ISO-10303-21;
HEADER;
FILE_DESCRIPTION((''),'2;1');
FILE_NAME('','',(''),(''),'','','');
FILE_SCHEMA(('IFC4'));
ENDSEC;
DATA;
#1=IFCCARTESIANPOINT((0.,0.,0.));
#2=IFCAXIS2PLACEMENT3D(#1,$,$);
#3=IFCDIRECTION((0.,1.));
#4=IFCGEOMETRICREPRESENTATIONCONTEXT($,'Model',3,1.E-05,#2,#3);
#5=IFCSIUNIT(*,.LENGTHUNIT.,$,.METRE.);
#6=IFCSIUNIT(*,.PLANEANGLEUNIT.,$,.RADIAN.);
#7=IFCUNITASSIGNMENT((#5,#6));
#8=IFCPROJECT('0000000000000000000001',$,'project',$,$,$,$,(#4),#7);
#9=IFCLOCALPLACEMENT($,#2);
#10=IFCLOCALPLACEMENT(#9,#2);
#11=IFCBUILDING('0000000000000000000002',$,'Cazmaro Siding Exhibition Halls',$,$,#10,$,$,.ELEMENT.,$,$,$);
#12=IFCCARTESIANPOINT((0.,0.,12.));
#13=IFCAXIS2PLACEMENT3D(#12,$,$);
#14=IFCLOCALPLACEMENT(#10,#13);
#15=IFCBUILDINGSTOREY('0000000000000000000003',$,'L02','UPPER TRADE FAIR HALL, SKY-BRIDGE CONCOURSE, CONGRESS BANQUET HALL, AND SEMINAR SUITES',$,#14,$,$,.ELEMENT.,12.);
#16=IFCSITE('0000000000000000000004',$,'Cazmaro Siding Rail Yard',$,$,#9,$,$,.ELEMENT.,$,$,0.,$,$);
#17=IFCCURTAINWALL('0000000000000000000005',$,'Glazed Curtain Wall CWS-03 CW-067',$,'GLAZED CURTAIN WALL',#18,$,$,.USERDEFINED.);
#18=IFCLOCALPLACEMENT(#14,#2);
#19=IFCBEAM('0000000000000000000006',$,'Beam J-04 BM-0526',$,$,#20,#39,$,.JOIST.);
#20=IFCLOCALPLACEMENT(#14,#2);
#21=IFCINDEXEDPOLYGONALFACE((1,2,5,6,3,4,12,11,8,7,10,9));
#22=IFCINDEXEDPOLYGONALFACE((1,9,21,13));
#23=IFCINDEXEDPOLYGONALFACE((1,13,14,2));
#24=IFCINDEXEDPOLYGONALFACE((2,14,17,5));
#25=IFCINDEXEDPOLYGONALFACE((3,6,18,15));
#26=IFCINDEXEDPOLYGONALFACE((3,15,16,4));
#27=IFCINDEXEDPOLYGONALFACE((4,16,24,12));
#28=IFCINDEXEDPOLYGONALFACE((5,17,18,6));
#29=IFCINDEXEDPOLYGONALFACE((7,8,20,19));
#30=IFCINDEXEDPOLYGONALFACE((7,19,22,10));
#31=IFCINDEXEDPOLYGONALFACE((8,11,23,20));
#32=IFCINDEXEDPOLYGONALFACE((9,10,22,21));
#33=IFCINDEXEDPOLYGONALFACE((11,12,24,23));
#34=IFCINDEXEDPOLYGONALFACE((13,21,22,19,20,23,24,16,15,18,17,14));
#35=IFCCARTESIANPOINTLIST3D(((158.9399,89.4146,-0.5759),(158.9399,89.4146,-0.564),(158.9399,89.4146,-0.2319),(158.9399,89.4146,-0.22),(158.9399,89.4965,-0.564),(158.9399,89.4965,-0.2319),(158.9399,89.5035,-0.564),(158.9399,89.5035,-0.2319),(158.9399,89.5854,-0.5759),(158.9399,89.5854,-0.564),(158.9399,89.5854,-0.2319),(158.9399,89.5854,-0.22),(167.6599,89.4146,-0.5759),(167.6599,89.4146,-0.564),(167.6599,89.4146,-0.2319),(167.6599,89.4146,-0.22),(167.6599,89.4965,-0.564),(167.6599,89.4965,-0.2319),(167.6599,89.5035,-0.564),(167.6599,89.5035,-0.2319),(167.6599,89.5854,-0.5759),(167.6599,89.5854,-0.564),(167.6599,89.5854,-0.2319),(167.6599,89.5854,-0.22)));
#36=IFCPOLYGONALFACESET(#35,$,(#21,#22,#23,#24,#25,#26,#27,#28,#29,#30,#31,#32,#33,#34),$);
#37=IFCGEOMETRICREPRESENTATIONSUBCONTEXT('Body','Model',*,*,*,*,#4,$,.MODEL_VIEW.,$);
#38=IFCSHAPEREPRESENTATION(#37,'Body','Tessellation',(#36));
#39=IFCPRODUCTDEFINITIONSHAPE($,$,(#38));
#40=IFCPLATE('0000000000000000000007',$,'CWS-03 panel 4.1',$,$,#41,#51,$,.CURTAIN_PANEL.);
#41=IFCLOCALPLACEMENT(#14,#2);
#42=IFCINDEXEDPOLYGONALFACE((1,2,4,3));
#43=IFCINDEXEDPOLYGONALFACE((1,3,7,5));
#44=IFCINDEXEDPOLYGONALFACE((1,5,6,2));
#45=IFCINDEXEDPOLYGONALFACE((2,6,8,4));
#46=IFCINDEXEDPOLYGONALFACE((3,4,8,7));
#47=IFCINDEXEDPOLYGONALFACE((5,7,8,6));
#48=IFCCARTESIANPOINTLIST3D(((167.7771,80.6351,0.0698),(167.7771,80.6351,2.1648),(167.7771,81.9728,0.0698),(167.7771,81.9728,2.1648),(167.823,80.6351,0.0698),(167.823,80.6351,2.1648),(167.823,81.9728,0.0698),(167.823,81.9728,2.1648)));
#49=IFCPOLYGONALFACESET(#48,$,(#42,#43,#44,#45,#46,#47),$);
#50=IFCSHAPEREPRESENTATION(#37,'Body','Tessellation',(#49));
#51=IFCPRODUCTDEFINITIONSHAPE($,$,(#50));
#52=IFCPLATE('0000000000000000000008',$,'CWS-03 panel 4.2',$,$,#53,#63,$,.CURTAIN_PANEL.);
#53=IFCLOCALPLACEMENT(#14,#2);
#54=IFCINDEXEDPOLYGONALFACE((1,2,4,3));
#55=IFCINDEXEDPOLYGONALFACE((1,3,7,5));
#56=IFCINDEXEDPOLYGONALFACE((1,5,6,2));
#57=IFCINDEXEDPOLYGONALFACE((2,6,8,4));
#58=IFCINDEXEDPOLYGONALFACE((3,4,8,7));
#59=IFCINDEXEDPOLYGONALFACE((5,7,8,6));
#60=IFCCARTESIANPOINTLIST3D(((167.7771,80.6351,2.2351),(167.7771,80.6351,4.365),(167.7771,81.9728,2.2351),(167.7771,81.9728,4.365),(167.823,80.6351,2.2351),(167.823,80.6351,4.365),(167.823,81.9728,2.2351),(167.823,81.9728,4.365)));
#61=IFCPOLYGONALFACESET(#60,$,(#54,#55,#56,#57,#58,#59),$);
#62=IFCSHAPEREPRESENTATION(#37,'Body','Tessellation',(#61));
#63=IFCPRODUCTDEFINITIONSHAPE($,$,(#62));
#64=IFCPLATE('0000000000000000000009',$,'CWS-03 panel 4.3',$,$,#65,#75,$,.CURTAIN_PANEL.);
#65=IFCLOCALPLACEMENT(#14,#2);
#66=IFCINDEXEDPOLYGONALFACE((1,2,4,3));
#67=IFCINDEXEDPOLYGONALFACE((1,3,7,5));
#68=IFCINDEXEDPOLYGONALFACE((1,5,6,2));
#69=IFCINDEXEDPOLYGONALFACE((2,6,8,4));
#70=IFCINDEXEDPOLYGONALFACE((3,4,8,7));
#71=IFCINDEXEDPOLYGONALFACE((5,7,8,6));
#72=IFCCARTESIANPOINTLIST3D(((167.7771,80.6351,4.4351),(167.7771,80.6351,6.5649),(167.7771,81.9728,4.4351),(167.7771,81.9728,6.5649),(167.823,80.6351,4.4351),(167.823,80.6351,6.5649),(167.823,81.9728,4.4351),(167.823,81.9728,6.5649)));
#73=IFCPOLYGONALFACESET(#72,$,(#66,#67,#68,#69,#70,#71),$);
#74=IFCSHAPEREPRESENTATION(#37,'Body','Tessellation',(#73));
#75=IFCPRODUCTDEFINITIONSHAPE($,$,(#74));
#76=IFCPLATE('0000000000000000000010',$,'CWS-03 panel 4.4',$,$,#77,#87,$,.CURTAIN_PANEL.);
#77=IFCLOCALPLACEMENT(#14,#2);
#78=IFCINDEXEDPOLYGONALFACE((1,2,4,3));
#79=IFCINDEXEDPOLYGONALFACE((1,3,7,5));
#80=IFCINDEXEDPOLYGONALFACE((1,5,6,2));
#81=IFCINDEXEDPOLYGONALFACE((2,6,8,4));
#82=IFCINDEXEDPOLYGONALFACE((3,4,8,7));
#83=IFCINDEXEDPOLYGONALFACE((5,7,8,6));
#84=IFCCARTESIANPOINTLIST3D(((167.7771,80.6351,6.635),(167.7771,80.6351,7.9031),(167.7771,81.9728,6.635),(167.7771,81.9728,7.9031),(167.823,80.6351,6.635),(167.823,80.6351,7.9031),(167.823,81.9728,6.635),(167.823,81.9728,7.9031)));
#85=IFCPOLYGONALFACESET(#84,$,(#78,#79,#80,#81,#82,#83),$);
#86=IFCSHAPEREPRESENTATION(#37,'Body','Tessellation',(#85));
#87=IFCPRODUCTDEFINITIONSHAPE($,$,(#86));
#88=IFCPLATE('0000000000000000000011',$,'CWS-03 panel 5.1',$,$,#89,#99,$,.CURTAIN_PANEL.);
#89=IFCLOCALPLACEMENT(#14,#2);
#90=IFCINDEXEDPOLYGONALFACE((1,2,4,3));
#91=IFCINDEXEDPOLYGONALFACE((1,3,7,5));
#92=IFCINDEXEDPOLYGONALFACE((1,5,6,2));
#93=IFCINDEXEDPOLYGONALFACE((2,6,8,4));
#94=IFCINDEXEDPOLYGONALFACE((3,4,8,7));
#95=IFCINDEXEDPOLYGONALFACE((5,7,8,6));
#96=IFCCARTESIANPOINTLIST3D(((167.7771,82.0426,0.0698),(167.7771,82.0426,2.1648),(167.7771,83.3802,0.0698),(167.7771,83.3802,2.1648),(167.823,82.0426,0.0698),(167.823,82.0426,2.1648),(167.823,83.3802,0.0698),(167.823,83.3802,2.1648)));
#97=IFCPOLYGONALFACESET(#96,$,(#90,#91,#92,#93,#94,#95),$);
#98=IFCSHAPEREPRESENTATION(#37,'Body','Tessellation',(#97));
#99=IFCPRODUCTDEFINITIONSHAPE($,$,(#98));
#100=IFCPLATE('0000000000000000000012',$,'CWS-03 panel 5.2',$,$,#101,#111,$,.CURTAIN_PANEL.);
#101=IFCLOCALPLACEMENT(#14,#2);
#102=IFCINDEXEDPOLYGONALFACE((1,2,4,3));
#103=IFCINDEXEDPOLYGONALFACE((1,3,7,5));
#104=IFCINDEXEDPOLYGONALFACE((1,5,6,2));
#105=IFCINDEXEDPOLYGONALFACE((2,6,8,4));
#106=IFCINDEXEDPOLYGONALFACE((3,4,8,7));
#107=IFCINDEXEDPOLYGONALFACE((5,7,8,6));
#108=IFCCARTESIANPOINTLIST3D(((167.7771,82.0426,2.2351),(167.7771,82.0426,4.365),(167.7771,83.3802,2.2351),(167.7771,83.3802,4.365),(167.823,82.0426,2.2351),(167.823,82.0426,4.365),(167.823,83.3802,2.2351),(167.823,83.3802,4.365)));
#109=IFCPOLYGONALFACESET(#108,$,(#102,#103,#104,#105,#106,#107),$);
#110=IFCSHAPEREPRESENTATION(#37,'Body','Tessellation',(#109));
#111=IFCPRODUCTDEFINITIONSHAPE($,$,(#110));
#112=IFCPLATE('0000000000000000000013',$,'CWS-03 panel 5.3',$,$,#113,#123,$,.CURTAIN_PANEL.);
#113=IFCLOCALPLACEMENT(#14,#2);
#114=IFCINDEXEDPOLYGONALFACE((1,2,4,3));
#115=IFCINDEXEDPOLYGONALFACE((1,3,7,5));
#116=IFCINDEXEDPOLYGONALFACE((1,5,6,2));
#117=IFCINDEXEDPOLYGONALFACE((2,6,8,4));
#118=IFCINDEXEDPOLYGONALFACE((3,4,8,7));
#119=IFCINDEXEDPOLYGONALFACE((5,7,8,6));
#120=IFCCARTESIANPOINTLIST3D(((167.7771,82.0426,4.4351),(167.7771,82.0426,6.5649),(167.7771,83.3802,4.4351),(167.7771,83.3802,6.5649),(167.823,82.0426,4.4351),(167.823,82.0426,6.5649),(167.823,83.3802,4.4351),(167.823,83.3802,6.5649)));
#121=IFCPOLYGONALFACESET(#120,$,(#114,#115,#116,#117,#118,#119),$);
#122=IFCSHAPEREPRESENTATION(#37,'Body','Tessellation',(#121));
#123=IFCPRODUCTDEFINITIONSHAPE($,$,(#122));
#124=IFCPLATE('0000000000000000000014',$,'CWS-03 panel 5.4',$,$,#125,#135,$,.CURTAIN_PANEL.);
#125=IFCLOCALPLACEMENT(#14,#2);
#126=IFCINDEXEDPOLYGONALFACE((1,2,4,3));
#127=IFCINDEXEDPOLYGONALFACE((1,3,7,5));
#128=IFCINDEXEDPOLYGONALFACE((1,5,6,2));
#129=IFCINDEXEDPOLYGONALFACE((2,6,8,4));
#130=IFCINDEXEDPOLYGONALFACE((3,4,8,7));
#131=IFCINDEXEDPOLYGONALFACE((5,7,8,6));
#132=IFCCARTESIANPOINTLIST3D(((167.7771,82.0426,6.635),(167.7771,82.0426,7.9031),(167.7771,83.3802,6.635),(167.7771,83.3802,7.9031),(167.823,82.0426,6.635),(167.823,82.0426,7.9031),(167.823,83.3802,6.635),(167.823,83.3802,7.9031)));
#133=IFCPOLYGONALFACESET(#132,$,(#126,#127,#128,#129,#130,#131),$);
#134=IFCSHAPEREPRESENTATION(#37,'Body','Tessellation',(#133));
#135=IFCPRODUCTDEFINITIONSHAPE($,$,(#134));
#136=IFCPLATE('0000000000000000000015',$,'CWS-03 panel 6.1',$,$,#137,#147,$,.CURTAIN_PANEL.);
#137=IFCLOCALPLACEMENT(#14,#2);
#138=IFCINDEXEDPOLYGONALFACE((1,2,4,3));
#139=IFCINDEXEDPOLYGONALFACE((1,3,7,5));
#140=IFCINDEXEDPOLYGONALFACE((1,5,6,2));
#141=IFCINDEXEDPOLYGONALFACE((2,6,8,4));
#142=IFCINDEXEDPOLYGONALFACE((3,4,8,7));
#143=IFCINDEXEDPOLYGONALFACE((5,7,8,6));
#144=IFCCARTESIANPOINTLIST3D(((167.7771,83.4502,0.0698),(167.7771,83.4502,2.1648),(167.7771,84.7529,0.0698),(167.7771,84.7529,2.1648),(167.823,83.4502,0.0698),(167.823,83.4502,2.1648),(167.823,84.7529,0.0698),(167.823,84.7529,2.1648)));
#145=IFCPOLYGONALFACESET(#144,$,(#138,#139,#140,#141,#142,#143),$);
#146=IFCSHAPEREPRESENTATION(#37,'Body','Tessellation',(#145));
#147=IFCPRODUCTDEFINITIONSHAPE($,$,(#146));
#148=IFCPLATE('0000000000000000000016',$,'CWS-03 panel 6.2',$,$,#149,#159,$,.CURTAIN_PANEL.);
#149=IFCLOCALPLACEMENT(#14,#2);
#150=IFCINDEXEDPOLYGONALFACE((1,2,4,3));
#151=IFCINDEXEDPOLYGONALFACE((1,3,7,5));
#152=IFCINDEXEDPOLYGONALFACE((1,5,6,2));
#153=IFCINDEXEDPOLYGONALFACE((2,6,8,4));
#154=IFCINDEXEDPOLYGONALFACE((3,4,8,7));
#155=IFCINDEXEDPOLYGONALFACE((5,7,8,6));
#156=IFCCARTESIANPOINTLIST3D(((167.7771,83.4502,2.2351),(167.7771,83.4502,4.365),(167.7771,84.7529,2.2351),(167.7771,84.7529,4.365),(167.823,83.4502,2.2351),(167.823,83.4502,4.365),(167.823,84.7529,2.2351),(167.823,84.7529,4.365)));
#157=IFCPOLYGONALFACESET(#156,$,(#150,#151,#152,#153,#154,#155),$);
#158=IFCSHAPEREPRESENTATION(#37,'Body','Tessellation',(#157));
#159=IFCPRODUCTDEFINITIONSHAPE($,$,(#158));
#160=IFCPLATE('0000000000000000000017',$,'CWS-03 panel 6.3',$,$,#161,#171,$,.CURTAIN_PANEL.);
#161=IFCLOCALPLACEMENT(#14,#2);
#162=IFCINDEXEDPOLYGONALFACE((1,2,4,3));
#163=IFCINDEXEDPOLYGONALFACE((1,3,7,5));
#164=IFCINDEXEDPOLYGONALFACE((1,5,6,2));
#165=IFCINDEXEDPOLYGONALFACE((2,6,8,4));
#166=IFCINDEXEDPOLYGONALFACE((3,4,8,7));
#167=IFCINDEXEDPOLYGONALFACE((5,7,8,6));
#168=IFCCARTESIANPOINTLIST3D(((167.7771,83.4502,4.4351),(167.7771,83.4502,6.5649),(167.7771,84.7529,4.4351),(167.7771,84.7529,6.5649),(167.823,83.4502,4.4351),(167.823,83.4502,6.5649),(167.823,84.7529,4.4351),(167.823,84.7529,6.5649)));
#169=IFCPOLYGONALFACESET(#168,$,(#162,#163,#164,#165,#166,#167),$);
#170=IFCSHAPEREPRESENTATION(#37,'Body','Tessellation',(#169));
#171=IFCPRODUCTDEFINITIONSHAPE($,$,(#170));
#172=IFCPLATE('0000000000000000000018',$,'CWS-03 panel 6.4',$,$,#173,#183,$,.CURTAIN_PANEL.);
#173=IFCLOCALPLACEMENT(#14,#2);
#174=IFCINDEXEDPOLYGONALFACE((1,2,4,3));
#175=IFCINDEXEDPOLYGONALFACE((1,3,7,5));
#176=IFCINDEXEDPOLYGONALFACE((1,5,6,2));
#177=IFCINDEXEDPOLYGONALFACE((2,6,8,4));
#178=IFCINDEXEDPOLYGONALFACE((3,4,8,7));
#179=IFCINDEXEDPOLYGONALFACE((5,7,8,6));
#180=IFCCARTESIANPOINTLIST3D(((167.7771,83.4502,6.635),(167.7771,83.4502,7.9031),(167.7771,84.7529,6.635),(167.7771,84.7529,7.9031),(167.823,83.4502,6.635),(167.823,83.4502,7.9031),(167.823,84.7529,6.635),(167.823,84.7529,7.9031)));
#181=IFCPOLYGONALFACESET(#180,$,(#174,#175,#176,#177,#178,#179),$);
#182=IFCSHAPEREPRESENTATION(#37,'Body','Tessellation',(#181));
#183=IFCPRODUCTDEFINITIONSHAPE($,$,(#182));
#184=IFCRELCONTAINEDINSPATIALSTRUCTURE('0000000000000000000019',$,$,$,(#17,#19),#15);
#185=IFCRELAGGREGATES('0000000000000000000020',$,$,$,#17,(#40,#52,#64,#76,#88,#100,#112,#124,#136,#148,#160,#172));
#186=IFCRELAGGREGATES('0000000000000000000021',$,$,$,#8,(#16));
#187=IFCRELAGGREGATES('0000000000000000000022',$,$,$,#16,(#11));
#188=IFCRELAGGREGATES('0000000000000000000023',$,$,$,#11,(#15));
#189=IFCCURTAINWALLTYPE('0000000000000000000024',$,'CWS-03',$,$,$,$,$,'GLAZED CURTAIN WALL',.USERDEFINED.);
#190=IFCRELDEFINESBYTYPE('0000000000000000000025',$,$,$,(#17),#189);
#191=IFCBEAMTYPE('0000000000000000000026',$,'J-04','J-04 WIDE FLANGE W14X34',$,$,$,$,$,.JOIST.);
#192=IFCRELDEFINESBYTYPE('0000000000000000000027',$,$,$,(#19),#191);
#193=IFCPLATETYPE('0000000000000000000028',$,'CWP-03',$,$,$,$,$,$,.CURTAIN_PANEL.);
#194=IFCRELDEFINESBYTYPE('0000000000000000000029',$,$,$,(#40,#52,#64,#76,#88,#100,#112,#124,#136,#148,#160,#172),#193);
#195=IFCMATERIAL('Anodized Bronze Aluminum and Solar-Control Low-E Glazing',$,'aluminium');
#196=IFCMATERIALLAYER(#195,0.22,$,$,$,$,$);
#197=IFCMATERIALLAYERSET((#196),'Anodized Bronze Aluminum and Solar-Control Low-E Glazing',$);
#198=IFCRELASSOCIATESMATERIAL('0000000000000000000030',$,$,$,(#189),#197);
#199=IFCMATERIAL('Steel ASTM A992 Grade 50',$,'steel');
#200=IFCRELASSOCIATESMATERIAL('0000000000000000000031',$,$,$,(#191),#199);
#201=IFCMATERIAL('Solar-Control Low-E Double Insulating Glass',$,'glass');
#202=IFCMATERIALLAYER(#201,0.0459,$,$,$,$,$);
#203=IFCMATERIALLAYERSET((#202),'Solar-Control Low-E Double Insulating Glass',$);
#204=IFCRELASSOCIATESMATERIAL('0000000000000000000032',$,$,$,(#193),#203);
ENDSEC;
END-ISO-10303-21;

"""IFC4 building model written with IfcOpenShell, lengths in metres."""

from ifc_helpers import new_model, si_unit, direction, frame, origin, origin_2d, place, context, subcontext, project, spatial, rectangle, i_section, extrude, material, layer, layer_set, material_profile, profile_set, type_object, element, aggregate, save


model = new_model("IFC4")

# Units and contexts
model_context = context("Model", 3, precision=1e-05, world=origin(), true_north=direction((0.0, 1.0)))
body_context = subcontext(model_context, "Body", "Model", "MODEL_VIEW")
ifc_project = project(units=[si_unit("LENGTHUNIT", "METRE"), si_unit("PLANEANGLEUNIT", "RADIAN")], contexts=[model_context])

# Site, building, storey
site_placement = place(None, origin())
site = spatial("IfcSite", under=ifc_project, at=site_placement, Name="Cazmaro Siding Rail Yard", CompositionType="ELEMENT", RefElevation=0.0)
building_placement = place(site_placement, origin())
building = spatial("IfcBuilding", under=site, at=building_placement, Name="Cazmaro Siding Exhibition Halls", CompositionType="ELEMENT")
storey_placement = place(building_placement, frame((0.0, 0.0, 12.0)))
storey = spatial("IfcBuildingStorey", under=building, at=storey_placement, Name="L02", Description="UPPER TRADE FAIR HALL, SKY-BRIDGE CONCOURSE, CONGRESS BANQUET HALL, AND SEMINAR SUITES", CompositionType="ELEMENT", Elevation=12.0)

# Curtain wall
ifc_material_1 = material(Name="Anodized Bronze Aluminum and Solar-Control Low-E Glazing", Category="aluminium")
ifc_layer_1 = layer(ifc_material_1, 0.22)
ifc_layer_set_1 = layer_set([ifc_layer_1], Name="Anodized Bronze Aluminum and Solar-Control Low-E Glazing")
curtain_wall_type = type_object("IfcCurtainWallType", Name="CWS-03", ElementType="GLAZED CURTAIN WALL", PredefinedType="USERDEFINED", material=ifc_layer_set_1)
curtain_wall_1_placement = place(storey_placement, origin())
curtain_wall_1 = element("IfcCurtainWall", 1, at=curtain_wall_1_placement, inside=storey, type_object=curtain_wall_type, Name="Glazed Curtain Wall CWS-03 CW-067", ObjectType="GLAZED CURTAIN WALL", PredefinedType="USERDEFINED")

# Beam
ifc_material_2 = material(Name="Steel ASTM A992 Grade 50", Category="steel")
ifc_material_profile_1 = material_profile(ifc_material_2, i_section(OverallWidth=0.1709, OverallDepth=0.356, WebThickness=0.0071, FlangeThickness=0.012, at=origin_2d()), Name="W14X34")
ifc_profile_set_1 = profile_set([ifc_material_profile_1], Name="Steel ASTM A992 Grade 50")
beam_type_1 = type_object("IfcBeamType", Name="J-04", Description="J-04 WIDE FLANGE W14X34", PredefinedType="JOIST", material=ifc_profile_set_1)
beam_1_placement = place(storey_placement, frame((158.9399, 89.5, -0.3979), z_axis=(1.0, 0.0, 0.0), x_axis=(0.0, 1.0, 0.0)))
element("IfcBeam", 2, at=beam_1_placement, inside=storey, type_object=beam_type_1, Name="Beam J-04 BM-0526", PredefinedType="JOIST", context=body_context, shape_type="SweptSolid", body=[
    extrude(i_section(OverallWidth=0.1709, OverallDepth=0.356, WebThickness=0.0071, FlangeThickness=0.012, at=origin_2d()), origin(), (0.0, 0.0, 1.0), 8.72),
])

# Plates
ifc_material_3 = material(Name="Solar-Control Low-E Double Insulating Glass", Category="glass")
ifc_layer_2 = layer(ifc_material_3, 0.0459)
ifc_layer_set_2 = layer_set([ifc_layer_2], Name="Solar-Control Low-E Double Insulating Glass")
plate_type = type_object("IfcPlateType", Name="CWP-03", PredefinedType="CURTAIN_PANEL", material=ifc_layer_set_2)
plate_1_placement = place(storey_placement, frame((167.8, 81.304, 0.0698), z_axis=(0.0, 0.0, 1.0), x_axis=(0.0, 1.0, 0.0)))
plate_1 = element("IfcPlate", 3, at=plate_1_placement, type_object=plate_type, Name="CWS-03 panel 4.1", PredefinedType="CURTAIN_PANEL", context=body_context, shape_type="SweptSolid", body=[
    extrude(rectangle(XDim=1.3376, YDim=0.0459, at=origin_2d()), origin(), (0.0, 0.0, 1.0), 2.095),
])
plate_2_placement = place(storey_placement, frame((167.8, 81.304, 2.2351), z_axis=(0.0, 0.0, 1.0), x_axis=(0.0, 1.0, 0.0)))
plate_2 = element("IfcPlate", 4, at=plate_2_placement, type_object=plate_type, Name="CWS-03 panel 4.2", PredefinedType="CURTAIN_PANEL", context=body_context, shape_type="SweptSolid", body=[
    extrude(rectangle(XDim=1.3376, YDim=0.0459, at=origin_2d()), origin(), (0.0, 0.0, 1.0), 2.1299),
])
plate_3_placement = place(storey_placement, frame((167.8, 81.304, 4.4351), z_axis=(0.0, 0.0, 1.0), x_axis=(0.0, 1.0, 0.0)))
plate_3 = element("IfcPlate", 5, at=plate_3_placement, type_object=plate_type, Name="CWS-03 panel 4.3", PredefinedType="CURTAIN_PANEL", context=body_context, shape_type="SweptSolid", body=[
    extrude(rectangle(XDim=1.3376, YDim=0.0459, at=origin_2d()), origin(), (0.0, 0.0, 1.0), 2.1299),
])
plate_4_placement = place(storey_placement, frame((167.8, 81.304, 6.635), z_axis=(0.0, 0.0, 1.0), x_axis=(0.0, 1.0, 0.0)))
plate_4 = element("IfcPlate", 6, at=plate_4_placement, type_object=plate_type, Name="CWS-03 panel 4.4", PredefinedType="CURTAIN_PANEL", context=body_context, shape_type="SweptSolid", body=[
    extrude(rectangle(XDim=1.3376, YDim=0.0459, at=origin_2d()), origin(), (0.0, 0.0, 1.0), 1.2681),
])
plate_5_placement = place(storey_placement, frame((167.8, 82.7114, 0.0698), z_axis=(0.0, 0.0, 1.0), x_axis=(0.0, 1.0, 0.0)))
plate_5 = element("IfcPlate", 7, at=plate_5_placement, type_object=plate_type, Name="CWS-03 panel 5.1", PredefinedType="CURTAIN_PANEL", context=body_context, shape_type="SweptSolid", body=[
    extrude(rectangle(XDim=1.3376, YDim=0.0459, at=origin_2d()), origin(), (0.0, 0.0, 1.0), 2.095),
])
plate_6_placement = place(storey_placement, frame((167.8, 82.7114, 2.2351), z_axis=(0.0, 0.0, 1.0), x_axis=(0.0, 1.0, 0.0)))
plate_6 = element("IfcPlate", 8, at=plate_6_placement, type_object=plate_type, Name="CWS-03 panel 5.2", PredefinedType="CURTAIN_PANEL", context=body_context, shape_type="SweptSolid", body=[
    extrude(rectangle(XDim=1.3376, YDim=0.0459, at=origin_2d()), origin(), (0.0, 0.0, 1.0), 2.1299),
])
plate_7_placement = place(storey_placement, frame((167.8, 82.7114, 4.4351), z_axis=(0.0, 0.0, 1.0), x_axis=(0.0, 1.0, 0.0)))
plate_7 = element("IfcPlate", 9, at=plate_7_placement, type_object=plate_type, Name="CWS-03 panel 5.3", PredefinedType="CURTAIN_PANEL", context=body_context, shape_type="SweptSolid", body=[
    extrude(rectangle(XDim=1.3376, YDim=0.0459, at=origin_2d()), origin(), (0.0, 0.0, 1.0), 2.1299),
])
plate_8_placement = place(storey_placement, frame((167.8, 82.7114, 6.635), z_axis=(0.0, 0.0, 1.0), x_axis=(0.0, 1.0, 0.0)))
plate_8 = element("IfcPlate", 10, at=plate_8_placement, type_object=plate_type, Name="CWS-03 panel 5.4", PredefinedType="CURTAIN_PANEL", context=body_context, shape_type="SweptSolid", body=[
    extrude(rectangle(XDim=1.3376, YDim=0.0459, at=origin_2d()), origin(), (0.0, 0.0, 1.0), 1.2681),
])
plate_9_placement = place(storey_placement, frame((167.8, 84.1016, 0.0698), z_axis=(0.0, 0.0, 1.0), x_axis=(0.0, 1.0, 0.0)))
plate_9 = element("IfcPlate", 11, at=plate_9_placement, type_object=plate_type, Name="CWS-03 panel 6.1", PredefinedType="CURTAIN_PANEL", context=body_context, shape_type="SweptSolid", body=[
    extrude(rectangle(XDim=1.3027, YDim=0.0459, at=origin_2d()), origin(), (0.0, 0.0, 1.0), 2.095),
])
plate_10_placement = place(storey_placement, frame((167.8, 84.1016, 2.2351), z_axis=(0.0, 0.0, 1.0), x_axis=(0.0, 1.0, 0.0)))
plate_10 = element("IfcPlate", 12, at=plate_10_placement, type_object=plate_type, Name="CWS-03 panel 6.2", PredefinedType="CURTAIN_PANEL", context=body_context, shape_type="SweptSolid", body=[
    extrude(rectangle(XDim=1.3027, YDim=0.0459, at=origin_2d()), origin(), (0.0, 0.0, 1.0), 2.1299),
])
plate_11_placement = place(storey_placement, frame((167.8, 84.1016, 4.4351), z_axis=(0.0, 0.0, 1.0), x_axis=(0.0, 1.0, 0.0)))
plate_11 = element("IfcPlate", 13, at=plate_11_placement, type_object=plate_type, Name="CWS-03 panel 6.3", PredefinedType="CURTAIN_PANEL", context=body_context, shape_type="SweptSolid", body=[
    extrude(rectangle(XDim=1.3027, YDim=0.0459, at=origin_2d()), origin(), (0.0, 0.0, 1.0), 2.1299),
])
plate_12_placement = place(storey_placement, frame((167.8, 84.1016, 6.635), z_axis=(0.0, 0.0, 1.0), x_axis=(0.0, 1.0, 0.0)))
plate_12 = element("IfcPlate", 14, at=plate_12_placement, type_object=plate_type, Name="CWS-03 panel 6.4", PredefinedType="CURTAIN_PANEL", context=body_context, shape_type="SweptSolid", body=[
    extrude(rectangle(XDim=1.3027, YDim=0.0459, at=origin_2d()), origin(), (0.0, 0.0, 1.0), 1.2681),
])
aggregate(curtain_wall_1, [plate_1, plate_2, plate_3, plate_4, plate_5, plate_6, plate_7, plate_8, plate_9, plate_10, plate_11, plate_12])

save(model, "model.ifc")
